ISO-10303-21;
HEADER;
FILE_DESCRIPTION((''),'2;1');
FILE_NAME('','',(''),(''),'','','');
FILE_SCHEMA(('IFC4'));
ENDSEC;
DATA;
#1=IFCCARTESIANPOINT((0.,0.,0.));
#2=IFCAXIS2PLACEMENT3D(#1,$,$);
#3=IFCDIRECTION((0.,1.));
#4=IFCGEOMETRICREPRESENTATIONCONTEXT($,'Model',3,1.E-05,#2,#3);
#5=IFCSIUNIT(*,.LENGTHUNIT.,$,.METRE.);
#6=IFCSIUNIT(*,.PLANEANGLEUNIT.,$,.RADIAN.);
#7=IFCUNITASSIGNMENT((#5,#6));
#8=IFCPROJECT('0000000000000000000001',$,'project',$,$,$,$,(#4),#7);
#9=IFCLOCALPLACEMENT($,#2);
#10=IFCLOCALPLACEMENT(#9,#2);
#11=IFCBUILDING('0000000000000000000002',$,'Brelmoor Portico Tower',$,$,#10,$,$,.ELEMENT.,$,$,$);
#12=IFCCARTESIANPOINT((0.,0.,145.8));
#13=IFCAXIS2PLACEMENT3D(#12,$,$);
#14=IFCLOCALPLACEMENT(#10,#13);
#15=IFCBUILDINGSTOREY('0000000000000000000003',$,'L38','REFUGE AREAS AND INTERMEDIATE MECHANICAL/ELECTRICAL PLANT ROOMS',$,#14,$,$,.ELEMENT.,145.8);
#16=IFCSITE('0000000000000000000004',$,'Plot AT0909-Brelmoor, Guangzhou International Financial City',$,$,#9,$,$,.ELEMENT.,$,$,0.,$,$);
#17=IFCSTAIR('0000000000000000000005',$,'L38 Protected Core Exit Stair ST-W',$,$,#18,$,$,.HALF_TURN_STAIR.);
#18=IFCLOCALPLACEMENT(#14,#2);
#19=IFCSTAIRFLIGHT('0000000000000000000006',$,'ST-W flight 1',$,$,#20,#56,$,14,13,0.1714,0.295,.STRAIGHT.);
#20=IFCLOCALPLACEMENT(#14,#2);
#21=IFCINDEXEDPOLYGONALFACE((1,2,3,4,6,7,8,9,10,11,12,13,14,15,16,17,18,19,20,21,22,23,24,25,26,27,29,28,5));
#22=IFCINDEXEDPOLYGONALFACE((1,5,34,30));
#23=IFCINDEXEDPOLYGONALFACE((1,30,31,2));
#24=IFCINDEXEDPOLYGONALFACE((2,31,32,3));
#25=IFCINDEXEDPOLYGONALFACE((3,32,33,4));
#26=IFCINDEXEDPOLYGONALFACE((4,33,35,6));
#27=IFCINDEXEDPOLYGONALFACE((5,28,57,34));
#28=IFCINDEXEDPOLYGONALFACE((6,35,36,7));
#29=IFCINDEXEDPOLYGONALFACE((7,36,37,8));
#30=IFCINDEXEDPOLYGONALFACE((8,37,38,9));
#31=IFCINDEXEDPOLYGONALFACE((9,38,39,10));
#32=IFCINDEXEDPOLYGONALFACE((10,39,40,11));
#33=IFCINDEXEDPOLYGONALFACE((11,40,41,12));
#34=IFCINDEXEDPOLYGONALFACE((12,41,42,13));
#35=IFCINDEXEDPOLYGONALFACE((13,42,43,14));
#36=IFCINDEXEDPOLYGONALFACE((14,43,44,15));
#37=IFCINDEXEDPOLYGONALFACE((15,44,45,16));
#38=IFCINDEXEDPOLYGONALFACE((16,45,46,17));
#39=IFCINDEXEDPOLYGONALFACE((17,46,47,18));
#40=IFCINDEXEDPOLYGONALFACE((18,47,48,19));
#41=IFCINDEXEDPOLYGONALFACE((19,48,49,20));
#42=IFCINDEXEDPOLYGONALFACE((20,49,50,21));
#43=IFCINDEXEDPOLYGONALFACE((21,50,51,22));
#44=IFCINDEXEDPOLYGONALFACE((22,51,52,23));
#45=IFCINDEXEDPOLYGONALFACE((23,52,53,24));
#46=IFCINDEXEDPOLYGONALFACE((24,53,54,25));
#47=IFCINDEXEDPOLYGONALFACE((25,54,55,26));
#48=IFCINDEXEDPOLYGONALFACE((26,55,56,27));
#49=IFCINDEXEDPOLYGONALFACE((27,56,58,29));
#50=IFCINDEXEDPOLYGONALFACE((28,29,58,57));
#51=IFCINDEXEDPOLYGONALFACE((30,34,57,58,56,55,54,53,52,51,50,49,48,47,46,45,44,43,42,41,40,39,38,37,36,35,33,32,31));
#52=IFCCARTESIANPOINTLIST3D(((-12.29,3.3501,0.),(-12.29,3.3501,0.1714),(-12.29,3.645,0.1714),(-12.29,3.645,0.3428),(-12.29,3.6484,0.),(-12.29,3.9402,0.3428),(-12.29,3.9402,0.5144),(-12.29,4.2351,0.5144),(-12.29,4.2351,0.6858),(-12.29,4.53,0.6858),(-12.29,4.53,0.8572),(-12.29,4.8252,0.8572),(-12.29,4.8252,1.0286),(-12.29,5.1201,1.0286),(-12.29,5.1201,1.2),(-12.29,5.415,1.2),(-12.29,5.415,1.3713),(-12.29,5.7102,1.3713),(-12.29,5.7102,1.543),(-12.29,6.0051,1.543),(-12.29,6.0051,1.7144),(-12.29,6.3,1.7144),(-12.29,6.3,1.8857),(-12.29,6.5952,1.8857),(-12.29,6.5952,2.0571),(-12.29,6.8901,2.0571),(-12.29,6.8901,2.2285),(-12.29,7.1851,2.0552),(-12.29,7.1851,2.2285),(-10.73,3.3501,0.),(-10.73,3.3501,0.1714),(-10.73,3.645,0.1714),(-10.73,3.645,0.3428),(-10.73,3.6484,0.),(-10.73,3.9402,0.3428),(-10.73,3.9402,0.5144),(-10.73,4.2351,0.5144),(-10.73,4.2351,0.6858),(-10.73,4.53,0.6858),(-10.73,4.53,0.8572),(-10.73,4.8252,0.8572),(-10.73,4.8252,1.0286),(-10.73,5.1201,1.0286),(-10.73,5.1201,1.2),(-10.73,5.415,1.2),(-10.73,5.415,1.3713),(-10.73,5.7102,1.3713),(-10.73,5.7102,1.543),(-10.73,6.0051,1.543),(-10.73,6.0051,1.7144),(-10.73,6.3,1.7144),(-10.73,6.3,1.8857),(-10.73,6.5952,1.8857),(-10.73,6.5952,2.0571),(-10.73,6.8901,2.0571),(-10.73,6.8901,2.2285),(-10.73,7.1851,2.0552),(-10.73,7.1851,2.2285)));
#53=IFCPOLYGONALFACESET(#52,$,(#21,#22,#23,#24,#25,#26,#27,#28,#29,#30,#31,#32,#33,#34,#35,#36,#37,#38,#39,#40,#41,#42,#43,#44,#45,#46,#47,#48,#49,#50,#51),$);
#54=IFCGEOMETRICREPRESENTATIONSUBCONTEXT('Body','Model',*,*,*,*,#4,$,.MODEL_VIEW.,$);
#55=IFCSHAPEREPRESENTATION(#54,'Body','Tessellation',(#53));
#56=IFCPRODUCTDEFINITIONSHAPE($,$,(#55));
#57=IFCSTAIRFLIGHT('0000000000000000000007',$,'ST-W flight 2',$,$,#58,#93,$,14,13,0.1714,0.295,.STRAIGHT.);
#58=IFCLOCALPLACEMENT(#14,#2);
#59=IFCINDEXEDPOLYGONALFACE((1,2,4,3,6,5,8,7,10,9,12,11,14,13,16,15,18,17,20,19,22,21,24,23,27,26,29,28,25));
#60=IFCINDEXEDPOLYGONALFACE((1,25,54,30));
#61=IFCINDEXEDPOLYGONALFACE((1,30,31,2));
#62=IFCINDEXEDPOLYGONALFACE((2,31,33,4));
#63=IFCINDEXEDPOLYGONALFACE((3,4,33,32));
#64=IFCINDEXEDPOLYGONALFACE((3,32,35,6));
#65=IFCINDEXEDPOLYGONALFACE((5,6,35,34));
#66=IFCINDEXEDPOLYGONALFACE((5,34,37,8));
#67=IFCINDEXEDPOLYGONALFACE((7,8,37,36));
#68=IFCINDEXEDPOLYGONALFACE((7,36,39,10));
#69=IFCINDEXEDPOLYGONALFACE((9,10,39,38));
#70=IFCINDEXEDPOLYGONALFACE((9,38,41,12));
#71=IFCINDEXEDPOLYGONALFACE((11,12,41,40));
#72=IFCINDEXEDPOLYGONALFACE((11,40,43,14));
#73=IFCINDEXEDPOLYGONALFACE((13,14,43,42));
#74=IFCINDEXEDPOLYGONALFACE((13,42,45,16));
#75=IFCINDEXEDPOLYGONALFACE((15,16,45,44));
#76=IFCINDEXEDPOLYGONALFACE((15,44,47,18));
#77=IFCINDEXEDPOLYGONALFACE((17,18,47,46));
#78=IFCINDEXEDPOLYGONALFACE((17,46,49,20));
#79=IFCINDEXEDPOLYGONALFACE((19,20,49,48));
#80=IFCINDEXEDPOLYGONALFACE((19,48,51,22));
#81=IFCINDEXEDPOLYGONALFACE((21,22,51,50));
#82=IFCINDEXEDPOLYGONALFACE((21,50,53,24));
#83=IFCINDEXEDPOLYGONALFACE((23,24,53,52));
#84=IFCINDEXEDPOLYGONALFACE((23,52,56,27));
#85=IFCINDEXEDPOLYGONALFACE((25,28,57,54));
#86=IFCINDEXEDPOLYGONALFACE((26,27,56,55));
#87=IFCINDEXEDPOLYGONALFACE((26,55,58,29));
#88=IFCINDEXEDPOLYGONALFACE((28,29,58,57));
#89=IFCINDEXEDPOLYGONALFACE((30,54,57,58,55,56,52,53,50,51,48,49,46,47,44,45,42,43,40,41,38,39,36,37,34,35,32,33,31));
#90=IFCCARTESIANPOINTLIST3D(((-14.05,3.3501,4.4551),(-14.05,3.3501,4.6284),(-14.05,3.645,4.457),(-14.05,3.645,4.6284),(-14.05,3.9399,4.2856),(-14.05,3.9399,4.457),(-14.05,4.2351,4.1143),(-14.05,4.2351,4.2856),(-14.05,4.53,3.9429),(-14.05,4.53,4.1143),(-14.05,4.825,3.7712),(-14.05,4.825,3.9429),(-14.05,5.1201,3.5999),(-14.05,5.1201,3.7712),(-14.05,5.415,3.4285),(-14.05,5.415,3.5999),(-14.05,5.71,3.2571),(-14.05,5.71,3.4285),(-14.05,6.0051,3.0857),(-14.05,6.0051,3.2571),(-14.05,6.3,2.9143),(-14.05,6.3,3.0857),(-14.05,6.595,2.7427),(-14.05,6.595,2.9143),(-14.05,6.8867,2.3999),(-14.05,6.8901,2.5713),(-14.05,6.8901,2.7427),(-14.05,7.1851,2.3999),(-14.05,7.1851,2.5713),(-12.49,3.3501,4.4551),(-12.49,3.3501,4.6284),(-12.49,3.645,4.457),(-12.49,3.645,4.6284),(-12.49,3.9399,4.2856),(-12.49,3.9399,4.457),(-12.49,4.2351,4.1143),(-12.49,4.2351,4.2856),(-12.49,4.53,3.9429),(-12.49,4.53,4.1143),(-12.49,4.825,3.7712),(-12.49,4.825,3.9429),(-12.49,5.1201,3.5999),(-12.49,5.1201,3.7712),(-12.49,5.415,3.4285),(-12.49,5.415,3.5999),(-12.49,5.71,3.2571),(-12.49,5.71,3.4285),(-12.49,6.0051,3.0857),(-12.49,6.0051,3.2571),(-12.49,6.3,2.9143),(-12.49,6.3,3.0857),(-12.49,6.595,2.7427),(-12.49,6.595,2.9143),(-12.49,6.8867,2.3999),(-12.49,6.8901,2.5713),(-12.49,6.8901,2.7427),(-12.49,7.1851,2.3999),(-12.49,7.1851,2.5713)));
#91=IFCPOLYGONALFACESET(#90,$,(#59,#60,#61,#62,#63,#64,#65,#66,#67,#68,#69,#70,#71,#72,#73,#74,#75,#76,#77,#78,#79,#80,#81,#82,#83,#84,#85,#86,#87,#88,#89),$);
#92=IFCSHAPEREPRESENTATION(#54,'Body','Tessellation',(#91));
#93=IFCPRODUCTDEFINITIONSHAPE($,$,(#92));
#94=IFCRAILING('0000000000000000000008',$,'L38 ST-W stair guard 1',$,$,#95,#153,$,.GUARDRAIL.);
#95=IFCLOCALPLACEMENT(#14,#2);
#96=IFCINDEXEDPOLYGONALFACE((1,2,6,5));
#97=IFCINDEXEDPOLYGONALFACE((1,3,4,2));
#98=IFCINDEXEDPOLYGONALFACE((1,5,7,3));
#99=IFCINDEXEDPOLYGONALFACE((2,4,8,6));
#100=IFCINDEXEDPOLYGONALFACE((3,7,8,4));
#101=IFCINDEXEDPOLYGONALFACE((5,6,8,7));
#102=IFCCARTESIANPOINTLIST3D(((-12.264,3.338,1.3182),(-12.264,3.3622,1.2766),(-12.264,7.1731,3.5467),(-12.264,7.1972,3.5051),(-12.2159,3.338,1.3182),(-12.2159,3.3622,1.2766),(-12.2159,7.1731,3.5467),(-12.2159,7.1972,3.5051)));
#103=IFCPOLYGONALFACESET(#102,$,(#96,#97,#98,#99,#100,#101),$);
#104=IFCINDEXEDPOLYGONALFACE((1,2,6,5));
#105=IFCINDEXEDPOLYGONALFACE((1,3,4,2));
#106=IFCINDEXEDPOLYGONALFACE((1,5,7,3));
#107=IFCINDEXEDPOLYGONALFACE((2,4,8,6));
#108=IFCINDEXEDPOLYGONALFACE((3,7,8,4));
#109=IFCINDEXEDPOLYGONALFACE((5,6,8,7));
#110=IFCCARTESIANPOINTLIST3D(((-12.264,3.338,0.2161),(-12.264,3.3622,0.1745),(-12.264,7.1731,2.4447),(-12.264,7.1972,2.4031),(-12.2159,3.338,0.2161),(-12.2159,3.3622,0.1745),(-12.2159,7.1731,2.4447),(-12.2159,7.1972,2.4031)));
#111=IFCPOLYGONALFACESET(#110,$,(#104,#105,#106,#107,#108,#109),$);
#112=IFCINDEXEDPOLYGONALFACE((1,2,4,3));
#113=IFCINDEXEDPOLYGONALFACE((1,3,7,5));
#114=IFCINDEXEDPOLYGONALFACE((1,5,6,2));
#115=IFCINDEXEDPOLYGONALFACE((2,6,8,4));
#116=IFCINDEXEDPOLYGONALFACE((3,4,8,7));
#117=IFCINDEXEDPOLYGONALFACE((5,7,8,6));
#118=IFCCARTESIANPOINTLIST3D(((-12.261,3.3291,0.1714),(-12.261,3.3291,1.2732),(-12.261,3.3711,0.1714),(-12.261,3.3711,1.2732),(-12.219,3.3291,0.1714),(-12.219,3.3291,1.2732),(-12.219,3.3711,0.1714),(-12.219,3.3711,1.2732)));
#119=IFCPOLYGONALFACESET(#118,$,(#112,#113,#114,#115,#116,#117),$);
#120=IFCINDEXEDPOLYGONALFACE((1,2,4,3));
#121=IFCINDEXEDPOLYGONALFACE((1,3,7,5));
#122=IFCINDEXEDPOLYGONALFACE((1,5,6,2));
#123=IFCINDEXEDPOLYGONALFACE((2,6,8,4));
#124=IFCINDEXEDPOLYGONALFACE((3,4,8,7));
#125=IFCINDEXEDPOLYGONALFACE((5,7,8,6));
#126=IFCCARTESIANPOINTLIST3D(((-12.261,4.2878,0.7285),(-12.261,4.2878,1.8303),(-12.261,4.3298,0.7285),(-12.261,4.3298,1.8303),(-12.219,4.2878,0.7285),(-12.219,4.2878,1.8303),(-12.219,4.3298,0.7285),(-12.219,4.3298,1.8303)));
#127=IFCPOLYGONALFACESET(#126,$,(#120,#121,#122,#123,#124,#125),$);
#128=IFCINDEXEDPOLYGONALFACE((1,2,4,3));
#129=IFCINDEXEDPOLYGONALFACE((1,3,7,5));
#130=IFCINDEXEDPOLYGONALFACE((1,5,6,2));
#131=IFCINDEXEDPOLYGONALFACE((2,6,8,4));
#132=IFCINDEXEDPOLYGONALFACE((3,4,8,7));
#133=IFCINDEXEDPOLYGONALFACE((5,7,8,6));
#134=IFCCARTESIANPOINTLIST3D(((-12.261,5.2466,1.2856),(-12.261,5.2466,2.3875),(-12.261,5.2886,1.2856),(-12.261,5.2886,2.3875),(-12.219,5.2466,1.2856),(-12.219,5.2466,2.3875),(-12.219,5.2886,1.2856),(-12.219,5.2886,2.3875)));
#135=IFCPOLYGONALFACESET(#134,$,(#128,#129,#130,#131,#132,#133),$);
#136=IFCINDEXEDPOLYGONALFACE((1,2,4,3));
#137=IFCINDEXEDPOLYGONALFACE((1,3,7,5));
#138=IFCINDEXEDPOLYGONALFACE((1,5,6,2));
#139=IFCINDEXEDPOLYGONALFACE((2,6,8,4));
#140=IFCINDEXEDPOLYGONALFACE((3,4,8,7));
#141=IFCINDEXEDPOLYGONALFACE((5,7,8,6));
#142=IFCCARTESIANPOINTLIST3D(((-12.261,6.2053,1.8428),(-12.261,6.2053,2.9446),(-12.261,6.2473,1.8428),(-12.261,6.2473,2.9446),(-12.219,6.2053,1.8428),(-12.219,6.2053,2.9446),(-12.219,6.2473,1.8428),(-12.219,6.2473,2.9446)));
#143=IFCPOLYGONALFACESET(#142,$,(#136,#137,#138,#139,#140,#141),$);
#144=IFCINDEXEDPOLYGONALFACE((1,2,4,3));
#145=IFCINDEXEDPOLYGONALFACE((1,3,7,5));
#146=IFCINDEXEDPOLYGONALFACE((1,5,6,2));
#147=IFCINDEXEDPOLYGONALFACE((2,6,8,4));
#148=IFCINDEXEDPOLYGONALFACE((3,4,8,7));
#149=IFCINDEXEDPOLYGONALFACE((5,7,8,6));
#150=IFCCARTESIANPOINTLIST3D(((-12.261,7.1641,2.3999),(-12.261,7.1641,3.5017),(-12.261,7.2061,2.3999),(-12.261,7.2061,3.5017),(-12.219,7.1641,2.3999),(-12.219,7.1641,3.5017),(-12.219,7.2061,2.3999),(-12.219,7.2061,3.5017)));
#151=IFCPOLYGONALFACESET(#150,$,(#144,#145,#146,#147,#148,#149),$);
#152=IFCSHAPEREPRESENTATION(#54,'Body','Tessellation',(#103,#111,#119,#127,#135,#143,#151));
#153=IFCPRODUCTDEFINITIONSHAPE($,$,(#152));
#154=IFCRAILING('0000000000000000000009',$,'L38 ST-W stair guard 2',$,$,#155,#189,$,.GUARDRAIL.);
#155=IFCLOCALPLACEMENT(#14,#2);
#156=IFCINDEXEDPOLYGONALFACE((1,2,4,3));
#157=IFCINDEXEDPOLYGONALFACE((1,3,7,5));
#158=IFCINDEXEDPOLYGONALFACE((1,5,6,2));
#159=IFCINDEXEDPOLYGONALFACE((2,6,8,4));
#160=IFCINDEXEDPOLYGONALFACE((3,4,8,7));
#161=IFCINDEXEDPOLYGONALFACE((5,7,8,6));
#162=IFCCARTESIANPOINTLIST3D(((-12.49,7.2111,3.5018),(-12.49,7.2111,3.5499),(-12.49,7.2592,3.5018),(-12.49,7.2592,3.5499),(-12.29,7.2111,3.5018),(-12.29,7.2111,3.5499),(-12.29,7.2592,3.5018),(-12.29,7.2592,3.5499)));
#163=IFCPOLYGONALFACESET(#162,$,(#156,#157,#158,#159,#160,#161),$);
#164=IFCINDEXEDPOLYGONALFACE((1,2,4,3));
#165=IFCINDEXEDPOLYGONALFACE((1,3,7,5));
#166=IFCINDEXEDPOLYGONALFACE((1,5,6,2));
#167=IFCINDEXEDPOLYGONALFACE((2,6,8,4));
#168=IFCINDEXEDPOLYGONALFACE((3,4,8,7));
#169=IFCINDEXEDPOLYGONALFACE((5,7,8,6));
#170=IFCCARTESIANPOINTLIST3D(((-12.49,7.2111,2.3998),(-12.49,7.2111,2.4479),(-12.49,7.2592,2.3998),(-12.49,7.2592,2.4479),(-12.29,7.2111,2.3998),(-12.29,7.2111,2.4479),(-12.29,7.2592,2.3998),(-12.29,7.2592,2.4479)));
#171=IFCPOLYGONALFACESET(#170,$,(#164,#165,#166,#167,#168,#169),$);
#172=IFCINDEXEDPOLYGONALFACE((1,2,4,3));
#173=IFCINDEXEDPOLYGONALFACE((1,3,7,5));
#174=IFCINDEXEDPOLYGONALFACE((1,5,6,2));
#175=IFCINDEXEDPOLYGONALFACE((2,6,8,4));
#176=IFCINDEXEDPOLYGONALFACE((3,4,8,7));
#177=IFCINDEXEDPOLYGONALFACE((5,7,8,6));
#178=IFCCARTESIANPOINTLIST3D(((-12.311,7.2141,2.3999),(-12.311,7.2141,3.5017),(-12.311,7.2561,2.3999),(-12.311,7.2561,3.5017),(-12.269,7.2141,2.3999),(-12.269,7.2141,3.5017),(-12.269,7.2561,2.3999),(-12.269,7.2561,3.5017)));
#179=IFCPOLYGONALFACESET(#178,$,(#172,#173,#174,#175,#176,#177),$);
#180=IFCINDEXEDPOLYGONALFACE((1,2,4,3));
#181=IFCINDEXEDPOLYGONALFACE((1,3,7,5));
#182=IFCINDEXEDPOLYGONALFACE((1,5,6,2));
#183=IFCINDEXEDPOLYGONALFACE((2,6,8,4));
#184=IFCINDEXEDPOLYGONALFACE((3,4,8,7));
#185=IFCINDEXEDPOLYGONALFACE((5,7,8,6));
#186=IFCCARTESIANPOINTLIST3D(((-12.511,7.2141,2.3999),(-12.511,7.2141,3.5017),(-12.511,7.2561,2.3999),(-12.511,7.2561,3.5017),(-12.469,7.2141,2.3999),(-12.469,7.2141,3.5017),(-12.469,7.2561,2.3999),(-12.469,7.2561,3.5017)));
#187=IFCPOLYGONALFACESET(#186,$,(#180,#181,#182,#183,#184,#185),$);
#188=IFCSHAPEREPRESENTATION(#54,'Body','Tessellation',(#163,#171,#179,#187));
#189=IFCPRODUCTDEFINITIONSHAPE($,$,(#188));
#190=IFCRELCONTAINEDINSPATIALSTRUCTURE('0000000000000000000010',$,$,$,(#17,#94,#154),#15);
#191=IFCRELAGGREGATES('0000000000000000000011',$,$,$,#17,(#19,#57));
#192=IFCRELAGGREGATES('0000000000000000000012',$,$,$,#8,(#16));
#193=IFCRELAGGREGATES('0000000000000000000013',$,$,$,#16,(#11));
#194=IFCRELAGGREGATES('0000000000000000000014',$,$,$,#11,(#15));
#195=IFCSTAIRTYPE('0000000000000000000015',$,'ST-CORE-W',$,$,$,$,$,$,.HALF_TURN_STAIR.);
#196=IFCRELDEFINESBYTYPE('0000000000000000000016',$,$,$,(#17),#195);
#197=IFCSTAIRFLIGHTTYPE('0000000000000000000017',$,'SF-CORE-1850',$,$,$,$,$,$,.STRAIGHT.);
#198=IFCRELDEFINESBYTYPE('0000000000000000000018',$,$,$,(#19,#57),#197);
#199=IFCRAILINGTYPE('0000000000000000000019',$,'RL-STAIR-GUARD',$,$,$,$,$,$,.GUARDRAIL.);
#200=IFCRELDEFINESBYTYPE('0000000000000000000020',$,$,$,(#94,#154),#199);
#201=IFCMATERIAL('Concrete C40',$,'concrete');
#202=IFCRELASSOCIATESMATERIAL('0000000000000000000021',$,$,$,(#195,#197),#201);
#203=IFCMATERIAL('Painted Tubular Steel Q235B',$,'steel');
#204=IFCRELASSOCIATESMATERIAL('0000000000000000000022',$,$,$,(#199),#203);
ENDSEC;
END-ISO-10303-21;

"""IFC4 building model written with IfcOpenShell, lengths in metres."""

from ifc_helpers import new_model, si_unit, direction, frame, origin, origin_2d, place, context, subcontext, project, spatial, polyline, rectangle, outline, extrude, material, type_object, element, aggregate, save


model = new_model("IFC4")

# Units and contexts
model_context = context("Model", 3, precision=1e-05, world=origin(), true_north=direction((0.0, 1.0)))
body_context = subcontext(model_context, "Body", "Model", "MODEL_VIEW")
ifc_project = project(units=[si_unit("LENGTHUNIT", "METRE"), si_unit("PLANEANGLEUNIT", "RADIAN")], contexts=[model_context])

# Site, building, storey
site_placement = place(None, origin())
site = spatial("IfcSite", under=ifc_project, at=site_placement, Name="Plot AT0909-Brelmoor, Guangzhou International Financial City", CompositionType="ELEMENT", RefElevation=0.0)
building_placement = place(site_placement, origin())
building = spatial("IfcBuilding", under=site, at=building_placement, Name="Brelmoor Portico Tower", CompositionType="ELEMENT")
storey_placement = place(building_placement, frame((0.0, 0.0, 145.8)))
storey = spatial("IfcBuildingStorey", under=building, at=storey_placement, Name="L38", Description="REFUGE AREAS AND INTERMEDIATE MECHANICAL/ELECTRICAL PLANT ROOMS", CompositionType="ELEMENT", Elevation=145.8)

# Shared definitions
ifc_material_1 = material(Name="Concrete C40", Category="concrete")

# Stair, stair flights
stair_type = type_object("IfcStairType", Name="ST-CORE-W", PredefinedType="HALF_TURN_STAIR", material=ifc_material_1)
stair_placement = place(storey_placement, origin())
stair = element("IfcStair", 1, at=stair_placement, inside=storey, type_object=stair_type, Name="L38 Protected Core Exit Stair ST-W", PredefinedType="HALF_TURN_STAIR")
stair_flight_type = type_object("IfcStairFlightType", Name="SF-CORE-1850", PredefinedType="STRAIGHT", material=ifc_material_1)
stair_flight_1_placement = place(storey_placement, frame((-11.51, 3.3501, 0.0), z_axis=(0.0, 0.0, 1.0), x_axis=(0.0, 1.0, 0.0)))
stair_flight_1 = element("IfcStairFlight", 2, at=stair_flight_1_placement, type_object=stair_flight_type, Name="ST-W flight 1", NumberOfRisers=14, NumberOfTreads=13, PredefinedType="STRAIGHT", RiserHeight=0.1714, TreadLength=0.295, context=body_context, shape_type="SweptSolid", body=[
    extrude(outline(polyline([(0.0, 0.0), (0.0, 0.1714), (0.2949, 0.1714), (0.2949, 0.3428), (0.5901, 0.3428), (0.5901, 0.5144), (0.885, 0.5144), (0.885, 0.6858), (1.1799, 0.6858), (1.1799, 0.8572), (1.4751, 0.8572), (1.4751, 1.0286), (1.77, 1.0286), (1.77, 1.2), (2.0649, 1.2), (2.0649, 1.3713), (2.3601, 1.3713), (2.3601, 1.543), (2.655, 1.543), (2.655, 1.7144), (2.95, 1.7144), (2.95, 1.8857), (3.2451, 1.8857), (3.2451, 2.0571), (3.54, 2.0571), (3.54, 2.2285), (3.835, 2.2285), (3.835, 2.3999), (3.835, 2.0552), (0.2983, 0.0), (0.0, 0.0)])), frame((0.0, 0.78, 0.0), z_axis=(0.0, -1.0, 0.0), x_axis=(1.0, 0.0, 0.0)), (0.0, 0.0, 1.0), 1.5601),
])
stair_flight_2_placement = place(storey_placement, frame((-13.27, 7.1851, 2.3999), z_axis=(0.0, 0.0, 1.0), x_axis=(0.0, -1.0, 0.0)))
stair_flight_2 = element("IfcStairFlight", 3, at=stair_flight_2_placement, type_object=stair_flight_type, Name="ST-W flight 2", NumberOfRisers=14, NumberOfTreads=13, PredefinedType="STRAIGHT", RiserHeight=0.1714, TreadLength=0.295, context=body_context, shape_type="SweptSolid", body=[
    extrude(outline(polyline([(0.0, 0.0), (0.0, 0.1714), (0.2949, 0.1714), (0.2949, 0.3428), (0.5901, 0.3428), (0.5901, 0.5144), (0.885, 0.5144), (0.885, 0.6858), (1.1799, 0.6858), (1.1799, 0.8572), (1.4751, 0.8572), (1.4751, 1.0286), (1.77, 1.0286), (1.77, 1.2), (2.0649, 1.2), (2.0649, 1.3713), (2.3601, 1.3713), (2.3601, 1.543), (2.655, 1.543), (2.655, 1.7144), (2.95, 1.7144), (2.95, 1.8857), (3.2451, 1.8857), (3.2451, 2.0571), (3.54, 2.0571), (3.54, 2.2285), (3.835, 2.2285), (3.835, 2.3999), (3.835, 2.0552), (0.2983, 0.0), (0.0, 0.0)])), frame((0.0, 0.78, 0.0), z_axis=(0.0, -1.0, 0.0), x_axis=(1.0, 0.0, 0.0)), (0.0, 0.0, 1.0), 1.5601),
])
aggregate(stair, [stair_flight_1, stair_flight_2])

# Railings
ifc_material_2 = material(Name="Painted Tubular Steel Q235B", Category="steel")
railing_type_1 = type_object("IfcRailingType", Name="RL-STAIR-GUARD", PredefinedType="GUARDRAIL", material=ifc_material_2)
railing_1_placement = place(storey_placement, frame((-12.24, 3.3501, 0.1714)))
element("IfcRailing", 4, at=railing_1_placement, inside=storey, type_object=railing_type_1, Name="L38 ST-W stair guard 1", PredefinedType="GUARDRAIL", context=body_context, shape_type="SweptSolid", body=[
    extrude(rectangle(XDim=0.0481, YDim=0.0481, at=origin_2d()), frame((0.0, 0.0, 1.126), z_axis=(0.0, 0.864616, 0.502433), x_axis=(-1.0, 0.0, 0.0)), (0.0, 0.0, 1.0), 4.4355),
    extrude(rectangle(XDim=0.0481, YDim=0.0481, at=origin_2d()), frame((0.0, 0.0, 0.0239), z_axis=(0.0, 0.864616, 0.502433), x_axis=(-1.0, 0.0, 0.0)), (0.0, 0.0, 1.0), 4.4355),
    extrude(rectangle(XDim=0.042, YDim=0.042, at=origin_2d()), origin(), (0.0, 0.0, 1.0), 1.1018),
    extrude(rectangle(XDim=0.042, YDim=0.042, at=origin_2d()), frame((0.0, 0.9587, 0.5571)), (0.0, 0.0, 1.0), 1.1018),
    extrude(rectangle(XDim=0.042, YDim=0.042, at=origin_2d()), frame((0.0, 1.9175, 1.1143)), (0.0, 0.0, 1.0), 1.1018),
    extrude(rectangle(XDim=0.042, YDim=0.042, at=origin_2d()), frame((0.0, 2.8762, 1.6714)), (0.0, 0.0, 1.0), 1.1018),
    extrude(rectangle(XDim=0.042, YDim=0.042, at=origin_2d()), frame((0.0, 3.835, 2.2285)), (0.0, 0.0, 1.0), 1.1018),
])
railing_2_placement = place(storey_placement, frame((-12.29, 7.2351, 2.3999)))
element("IfcRailing", 5, at=railing_2_placement, inside=storey, type_object=railing_type_1, Name="L38 ST-W stair guard 2", PredefinedType="GUARDRAIL", context=body_context, shape_type="SweptSolid", body=[
    extrude(rectangle(XDim=0.0481, YDim=0.0481, at=origin_2d()), frame((0.0, 0.0, 1.126), z_axis=(-1.0, 0.0, 0.0), x_axis=(0.0, -1.0, 0.0)), (0.0, 0.0, 1.0), 0.2),
    extrude(rectangle(XDim=0.0481, YDim=0.0481, at=origin_2d()), frame((0.0, 0.0, 0.0239), z_axis=(-1.0, 0.0, 0.0), x_axis=(0.0, -1.0, 0.0)), (0.0, 0.0, 1.0), 0.2),
    extrude(rectangle(XDim=0.042, YDim=0.042, at=origin_2d()), origin(), (0.0, 0.0, 1.0), 1.1018),
    extrude(rectangle(XDim=0.042, YDim=0.042, at=origin_2d()), frame((-0.2, 0.0, 0.0)), (0.0, 0.0, 1.0), 1.1018),
])

save(model, "model.ifc")
